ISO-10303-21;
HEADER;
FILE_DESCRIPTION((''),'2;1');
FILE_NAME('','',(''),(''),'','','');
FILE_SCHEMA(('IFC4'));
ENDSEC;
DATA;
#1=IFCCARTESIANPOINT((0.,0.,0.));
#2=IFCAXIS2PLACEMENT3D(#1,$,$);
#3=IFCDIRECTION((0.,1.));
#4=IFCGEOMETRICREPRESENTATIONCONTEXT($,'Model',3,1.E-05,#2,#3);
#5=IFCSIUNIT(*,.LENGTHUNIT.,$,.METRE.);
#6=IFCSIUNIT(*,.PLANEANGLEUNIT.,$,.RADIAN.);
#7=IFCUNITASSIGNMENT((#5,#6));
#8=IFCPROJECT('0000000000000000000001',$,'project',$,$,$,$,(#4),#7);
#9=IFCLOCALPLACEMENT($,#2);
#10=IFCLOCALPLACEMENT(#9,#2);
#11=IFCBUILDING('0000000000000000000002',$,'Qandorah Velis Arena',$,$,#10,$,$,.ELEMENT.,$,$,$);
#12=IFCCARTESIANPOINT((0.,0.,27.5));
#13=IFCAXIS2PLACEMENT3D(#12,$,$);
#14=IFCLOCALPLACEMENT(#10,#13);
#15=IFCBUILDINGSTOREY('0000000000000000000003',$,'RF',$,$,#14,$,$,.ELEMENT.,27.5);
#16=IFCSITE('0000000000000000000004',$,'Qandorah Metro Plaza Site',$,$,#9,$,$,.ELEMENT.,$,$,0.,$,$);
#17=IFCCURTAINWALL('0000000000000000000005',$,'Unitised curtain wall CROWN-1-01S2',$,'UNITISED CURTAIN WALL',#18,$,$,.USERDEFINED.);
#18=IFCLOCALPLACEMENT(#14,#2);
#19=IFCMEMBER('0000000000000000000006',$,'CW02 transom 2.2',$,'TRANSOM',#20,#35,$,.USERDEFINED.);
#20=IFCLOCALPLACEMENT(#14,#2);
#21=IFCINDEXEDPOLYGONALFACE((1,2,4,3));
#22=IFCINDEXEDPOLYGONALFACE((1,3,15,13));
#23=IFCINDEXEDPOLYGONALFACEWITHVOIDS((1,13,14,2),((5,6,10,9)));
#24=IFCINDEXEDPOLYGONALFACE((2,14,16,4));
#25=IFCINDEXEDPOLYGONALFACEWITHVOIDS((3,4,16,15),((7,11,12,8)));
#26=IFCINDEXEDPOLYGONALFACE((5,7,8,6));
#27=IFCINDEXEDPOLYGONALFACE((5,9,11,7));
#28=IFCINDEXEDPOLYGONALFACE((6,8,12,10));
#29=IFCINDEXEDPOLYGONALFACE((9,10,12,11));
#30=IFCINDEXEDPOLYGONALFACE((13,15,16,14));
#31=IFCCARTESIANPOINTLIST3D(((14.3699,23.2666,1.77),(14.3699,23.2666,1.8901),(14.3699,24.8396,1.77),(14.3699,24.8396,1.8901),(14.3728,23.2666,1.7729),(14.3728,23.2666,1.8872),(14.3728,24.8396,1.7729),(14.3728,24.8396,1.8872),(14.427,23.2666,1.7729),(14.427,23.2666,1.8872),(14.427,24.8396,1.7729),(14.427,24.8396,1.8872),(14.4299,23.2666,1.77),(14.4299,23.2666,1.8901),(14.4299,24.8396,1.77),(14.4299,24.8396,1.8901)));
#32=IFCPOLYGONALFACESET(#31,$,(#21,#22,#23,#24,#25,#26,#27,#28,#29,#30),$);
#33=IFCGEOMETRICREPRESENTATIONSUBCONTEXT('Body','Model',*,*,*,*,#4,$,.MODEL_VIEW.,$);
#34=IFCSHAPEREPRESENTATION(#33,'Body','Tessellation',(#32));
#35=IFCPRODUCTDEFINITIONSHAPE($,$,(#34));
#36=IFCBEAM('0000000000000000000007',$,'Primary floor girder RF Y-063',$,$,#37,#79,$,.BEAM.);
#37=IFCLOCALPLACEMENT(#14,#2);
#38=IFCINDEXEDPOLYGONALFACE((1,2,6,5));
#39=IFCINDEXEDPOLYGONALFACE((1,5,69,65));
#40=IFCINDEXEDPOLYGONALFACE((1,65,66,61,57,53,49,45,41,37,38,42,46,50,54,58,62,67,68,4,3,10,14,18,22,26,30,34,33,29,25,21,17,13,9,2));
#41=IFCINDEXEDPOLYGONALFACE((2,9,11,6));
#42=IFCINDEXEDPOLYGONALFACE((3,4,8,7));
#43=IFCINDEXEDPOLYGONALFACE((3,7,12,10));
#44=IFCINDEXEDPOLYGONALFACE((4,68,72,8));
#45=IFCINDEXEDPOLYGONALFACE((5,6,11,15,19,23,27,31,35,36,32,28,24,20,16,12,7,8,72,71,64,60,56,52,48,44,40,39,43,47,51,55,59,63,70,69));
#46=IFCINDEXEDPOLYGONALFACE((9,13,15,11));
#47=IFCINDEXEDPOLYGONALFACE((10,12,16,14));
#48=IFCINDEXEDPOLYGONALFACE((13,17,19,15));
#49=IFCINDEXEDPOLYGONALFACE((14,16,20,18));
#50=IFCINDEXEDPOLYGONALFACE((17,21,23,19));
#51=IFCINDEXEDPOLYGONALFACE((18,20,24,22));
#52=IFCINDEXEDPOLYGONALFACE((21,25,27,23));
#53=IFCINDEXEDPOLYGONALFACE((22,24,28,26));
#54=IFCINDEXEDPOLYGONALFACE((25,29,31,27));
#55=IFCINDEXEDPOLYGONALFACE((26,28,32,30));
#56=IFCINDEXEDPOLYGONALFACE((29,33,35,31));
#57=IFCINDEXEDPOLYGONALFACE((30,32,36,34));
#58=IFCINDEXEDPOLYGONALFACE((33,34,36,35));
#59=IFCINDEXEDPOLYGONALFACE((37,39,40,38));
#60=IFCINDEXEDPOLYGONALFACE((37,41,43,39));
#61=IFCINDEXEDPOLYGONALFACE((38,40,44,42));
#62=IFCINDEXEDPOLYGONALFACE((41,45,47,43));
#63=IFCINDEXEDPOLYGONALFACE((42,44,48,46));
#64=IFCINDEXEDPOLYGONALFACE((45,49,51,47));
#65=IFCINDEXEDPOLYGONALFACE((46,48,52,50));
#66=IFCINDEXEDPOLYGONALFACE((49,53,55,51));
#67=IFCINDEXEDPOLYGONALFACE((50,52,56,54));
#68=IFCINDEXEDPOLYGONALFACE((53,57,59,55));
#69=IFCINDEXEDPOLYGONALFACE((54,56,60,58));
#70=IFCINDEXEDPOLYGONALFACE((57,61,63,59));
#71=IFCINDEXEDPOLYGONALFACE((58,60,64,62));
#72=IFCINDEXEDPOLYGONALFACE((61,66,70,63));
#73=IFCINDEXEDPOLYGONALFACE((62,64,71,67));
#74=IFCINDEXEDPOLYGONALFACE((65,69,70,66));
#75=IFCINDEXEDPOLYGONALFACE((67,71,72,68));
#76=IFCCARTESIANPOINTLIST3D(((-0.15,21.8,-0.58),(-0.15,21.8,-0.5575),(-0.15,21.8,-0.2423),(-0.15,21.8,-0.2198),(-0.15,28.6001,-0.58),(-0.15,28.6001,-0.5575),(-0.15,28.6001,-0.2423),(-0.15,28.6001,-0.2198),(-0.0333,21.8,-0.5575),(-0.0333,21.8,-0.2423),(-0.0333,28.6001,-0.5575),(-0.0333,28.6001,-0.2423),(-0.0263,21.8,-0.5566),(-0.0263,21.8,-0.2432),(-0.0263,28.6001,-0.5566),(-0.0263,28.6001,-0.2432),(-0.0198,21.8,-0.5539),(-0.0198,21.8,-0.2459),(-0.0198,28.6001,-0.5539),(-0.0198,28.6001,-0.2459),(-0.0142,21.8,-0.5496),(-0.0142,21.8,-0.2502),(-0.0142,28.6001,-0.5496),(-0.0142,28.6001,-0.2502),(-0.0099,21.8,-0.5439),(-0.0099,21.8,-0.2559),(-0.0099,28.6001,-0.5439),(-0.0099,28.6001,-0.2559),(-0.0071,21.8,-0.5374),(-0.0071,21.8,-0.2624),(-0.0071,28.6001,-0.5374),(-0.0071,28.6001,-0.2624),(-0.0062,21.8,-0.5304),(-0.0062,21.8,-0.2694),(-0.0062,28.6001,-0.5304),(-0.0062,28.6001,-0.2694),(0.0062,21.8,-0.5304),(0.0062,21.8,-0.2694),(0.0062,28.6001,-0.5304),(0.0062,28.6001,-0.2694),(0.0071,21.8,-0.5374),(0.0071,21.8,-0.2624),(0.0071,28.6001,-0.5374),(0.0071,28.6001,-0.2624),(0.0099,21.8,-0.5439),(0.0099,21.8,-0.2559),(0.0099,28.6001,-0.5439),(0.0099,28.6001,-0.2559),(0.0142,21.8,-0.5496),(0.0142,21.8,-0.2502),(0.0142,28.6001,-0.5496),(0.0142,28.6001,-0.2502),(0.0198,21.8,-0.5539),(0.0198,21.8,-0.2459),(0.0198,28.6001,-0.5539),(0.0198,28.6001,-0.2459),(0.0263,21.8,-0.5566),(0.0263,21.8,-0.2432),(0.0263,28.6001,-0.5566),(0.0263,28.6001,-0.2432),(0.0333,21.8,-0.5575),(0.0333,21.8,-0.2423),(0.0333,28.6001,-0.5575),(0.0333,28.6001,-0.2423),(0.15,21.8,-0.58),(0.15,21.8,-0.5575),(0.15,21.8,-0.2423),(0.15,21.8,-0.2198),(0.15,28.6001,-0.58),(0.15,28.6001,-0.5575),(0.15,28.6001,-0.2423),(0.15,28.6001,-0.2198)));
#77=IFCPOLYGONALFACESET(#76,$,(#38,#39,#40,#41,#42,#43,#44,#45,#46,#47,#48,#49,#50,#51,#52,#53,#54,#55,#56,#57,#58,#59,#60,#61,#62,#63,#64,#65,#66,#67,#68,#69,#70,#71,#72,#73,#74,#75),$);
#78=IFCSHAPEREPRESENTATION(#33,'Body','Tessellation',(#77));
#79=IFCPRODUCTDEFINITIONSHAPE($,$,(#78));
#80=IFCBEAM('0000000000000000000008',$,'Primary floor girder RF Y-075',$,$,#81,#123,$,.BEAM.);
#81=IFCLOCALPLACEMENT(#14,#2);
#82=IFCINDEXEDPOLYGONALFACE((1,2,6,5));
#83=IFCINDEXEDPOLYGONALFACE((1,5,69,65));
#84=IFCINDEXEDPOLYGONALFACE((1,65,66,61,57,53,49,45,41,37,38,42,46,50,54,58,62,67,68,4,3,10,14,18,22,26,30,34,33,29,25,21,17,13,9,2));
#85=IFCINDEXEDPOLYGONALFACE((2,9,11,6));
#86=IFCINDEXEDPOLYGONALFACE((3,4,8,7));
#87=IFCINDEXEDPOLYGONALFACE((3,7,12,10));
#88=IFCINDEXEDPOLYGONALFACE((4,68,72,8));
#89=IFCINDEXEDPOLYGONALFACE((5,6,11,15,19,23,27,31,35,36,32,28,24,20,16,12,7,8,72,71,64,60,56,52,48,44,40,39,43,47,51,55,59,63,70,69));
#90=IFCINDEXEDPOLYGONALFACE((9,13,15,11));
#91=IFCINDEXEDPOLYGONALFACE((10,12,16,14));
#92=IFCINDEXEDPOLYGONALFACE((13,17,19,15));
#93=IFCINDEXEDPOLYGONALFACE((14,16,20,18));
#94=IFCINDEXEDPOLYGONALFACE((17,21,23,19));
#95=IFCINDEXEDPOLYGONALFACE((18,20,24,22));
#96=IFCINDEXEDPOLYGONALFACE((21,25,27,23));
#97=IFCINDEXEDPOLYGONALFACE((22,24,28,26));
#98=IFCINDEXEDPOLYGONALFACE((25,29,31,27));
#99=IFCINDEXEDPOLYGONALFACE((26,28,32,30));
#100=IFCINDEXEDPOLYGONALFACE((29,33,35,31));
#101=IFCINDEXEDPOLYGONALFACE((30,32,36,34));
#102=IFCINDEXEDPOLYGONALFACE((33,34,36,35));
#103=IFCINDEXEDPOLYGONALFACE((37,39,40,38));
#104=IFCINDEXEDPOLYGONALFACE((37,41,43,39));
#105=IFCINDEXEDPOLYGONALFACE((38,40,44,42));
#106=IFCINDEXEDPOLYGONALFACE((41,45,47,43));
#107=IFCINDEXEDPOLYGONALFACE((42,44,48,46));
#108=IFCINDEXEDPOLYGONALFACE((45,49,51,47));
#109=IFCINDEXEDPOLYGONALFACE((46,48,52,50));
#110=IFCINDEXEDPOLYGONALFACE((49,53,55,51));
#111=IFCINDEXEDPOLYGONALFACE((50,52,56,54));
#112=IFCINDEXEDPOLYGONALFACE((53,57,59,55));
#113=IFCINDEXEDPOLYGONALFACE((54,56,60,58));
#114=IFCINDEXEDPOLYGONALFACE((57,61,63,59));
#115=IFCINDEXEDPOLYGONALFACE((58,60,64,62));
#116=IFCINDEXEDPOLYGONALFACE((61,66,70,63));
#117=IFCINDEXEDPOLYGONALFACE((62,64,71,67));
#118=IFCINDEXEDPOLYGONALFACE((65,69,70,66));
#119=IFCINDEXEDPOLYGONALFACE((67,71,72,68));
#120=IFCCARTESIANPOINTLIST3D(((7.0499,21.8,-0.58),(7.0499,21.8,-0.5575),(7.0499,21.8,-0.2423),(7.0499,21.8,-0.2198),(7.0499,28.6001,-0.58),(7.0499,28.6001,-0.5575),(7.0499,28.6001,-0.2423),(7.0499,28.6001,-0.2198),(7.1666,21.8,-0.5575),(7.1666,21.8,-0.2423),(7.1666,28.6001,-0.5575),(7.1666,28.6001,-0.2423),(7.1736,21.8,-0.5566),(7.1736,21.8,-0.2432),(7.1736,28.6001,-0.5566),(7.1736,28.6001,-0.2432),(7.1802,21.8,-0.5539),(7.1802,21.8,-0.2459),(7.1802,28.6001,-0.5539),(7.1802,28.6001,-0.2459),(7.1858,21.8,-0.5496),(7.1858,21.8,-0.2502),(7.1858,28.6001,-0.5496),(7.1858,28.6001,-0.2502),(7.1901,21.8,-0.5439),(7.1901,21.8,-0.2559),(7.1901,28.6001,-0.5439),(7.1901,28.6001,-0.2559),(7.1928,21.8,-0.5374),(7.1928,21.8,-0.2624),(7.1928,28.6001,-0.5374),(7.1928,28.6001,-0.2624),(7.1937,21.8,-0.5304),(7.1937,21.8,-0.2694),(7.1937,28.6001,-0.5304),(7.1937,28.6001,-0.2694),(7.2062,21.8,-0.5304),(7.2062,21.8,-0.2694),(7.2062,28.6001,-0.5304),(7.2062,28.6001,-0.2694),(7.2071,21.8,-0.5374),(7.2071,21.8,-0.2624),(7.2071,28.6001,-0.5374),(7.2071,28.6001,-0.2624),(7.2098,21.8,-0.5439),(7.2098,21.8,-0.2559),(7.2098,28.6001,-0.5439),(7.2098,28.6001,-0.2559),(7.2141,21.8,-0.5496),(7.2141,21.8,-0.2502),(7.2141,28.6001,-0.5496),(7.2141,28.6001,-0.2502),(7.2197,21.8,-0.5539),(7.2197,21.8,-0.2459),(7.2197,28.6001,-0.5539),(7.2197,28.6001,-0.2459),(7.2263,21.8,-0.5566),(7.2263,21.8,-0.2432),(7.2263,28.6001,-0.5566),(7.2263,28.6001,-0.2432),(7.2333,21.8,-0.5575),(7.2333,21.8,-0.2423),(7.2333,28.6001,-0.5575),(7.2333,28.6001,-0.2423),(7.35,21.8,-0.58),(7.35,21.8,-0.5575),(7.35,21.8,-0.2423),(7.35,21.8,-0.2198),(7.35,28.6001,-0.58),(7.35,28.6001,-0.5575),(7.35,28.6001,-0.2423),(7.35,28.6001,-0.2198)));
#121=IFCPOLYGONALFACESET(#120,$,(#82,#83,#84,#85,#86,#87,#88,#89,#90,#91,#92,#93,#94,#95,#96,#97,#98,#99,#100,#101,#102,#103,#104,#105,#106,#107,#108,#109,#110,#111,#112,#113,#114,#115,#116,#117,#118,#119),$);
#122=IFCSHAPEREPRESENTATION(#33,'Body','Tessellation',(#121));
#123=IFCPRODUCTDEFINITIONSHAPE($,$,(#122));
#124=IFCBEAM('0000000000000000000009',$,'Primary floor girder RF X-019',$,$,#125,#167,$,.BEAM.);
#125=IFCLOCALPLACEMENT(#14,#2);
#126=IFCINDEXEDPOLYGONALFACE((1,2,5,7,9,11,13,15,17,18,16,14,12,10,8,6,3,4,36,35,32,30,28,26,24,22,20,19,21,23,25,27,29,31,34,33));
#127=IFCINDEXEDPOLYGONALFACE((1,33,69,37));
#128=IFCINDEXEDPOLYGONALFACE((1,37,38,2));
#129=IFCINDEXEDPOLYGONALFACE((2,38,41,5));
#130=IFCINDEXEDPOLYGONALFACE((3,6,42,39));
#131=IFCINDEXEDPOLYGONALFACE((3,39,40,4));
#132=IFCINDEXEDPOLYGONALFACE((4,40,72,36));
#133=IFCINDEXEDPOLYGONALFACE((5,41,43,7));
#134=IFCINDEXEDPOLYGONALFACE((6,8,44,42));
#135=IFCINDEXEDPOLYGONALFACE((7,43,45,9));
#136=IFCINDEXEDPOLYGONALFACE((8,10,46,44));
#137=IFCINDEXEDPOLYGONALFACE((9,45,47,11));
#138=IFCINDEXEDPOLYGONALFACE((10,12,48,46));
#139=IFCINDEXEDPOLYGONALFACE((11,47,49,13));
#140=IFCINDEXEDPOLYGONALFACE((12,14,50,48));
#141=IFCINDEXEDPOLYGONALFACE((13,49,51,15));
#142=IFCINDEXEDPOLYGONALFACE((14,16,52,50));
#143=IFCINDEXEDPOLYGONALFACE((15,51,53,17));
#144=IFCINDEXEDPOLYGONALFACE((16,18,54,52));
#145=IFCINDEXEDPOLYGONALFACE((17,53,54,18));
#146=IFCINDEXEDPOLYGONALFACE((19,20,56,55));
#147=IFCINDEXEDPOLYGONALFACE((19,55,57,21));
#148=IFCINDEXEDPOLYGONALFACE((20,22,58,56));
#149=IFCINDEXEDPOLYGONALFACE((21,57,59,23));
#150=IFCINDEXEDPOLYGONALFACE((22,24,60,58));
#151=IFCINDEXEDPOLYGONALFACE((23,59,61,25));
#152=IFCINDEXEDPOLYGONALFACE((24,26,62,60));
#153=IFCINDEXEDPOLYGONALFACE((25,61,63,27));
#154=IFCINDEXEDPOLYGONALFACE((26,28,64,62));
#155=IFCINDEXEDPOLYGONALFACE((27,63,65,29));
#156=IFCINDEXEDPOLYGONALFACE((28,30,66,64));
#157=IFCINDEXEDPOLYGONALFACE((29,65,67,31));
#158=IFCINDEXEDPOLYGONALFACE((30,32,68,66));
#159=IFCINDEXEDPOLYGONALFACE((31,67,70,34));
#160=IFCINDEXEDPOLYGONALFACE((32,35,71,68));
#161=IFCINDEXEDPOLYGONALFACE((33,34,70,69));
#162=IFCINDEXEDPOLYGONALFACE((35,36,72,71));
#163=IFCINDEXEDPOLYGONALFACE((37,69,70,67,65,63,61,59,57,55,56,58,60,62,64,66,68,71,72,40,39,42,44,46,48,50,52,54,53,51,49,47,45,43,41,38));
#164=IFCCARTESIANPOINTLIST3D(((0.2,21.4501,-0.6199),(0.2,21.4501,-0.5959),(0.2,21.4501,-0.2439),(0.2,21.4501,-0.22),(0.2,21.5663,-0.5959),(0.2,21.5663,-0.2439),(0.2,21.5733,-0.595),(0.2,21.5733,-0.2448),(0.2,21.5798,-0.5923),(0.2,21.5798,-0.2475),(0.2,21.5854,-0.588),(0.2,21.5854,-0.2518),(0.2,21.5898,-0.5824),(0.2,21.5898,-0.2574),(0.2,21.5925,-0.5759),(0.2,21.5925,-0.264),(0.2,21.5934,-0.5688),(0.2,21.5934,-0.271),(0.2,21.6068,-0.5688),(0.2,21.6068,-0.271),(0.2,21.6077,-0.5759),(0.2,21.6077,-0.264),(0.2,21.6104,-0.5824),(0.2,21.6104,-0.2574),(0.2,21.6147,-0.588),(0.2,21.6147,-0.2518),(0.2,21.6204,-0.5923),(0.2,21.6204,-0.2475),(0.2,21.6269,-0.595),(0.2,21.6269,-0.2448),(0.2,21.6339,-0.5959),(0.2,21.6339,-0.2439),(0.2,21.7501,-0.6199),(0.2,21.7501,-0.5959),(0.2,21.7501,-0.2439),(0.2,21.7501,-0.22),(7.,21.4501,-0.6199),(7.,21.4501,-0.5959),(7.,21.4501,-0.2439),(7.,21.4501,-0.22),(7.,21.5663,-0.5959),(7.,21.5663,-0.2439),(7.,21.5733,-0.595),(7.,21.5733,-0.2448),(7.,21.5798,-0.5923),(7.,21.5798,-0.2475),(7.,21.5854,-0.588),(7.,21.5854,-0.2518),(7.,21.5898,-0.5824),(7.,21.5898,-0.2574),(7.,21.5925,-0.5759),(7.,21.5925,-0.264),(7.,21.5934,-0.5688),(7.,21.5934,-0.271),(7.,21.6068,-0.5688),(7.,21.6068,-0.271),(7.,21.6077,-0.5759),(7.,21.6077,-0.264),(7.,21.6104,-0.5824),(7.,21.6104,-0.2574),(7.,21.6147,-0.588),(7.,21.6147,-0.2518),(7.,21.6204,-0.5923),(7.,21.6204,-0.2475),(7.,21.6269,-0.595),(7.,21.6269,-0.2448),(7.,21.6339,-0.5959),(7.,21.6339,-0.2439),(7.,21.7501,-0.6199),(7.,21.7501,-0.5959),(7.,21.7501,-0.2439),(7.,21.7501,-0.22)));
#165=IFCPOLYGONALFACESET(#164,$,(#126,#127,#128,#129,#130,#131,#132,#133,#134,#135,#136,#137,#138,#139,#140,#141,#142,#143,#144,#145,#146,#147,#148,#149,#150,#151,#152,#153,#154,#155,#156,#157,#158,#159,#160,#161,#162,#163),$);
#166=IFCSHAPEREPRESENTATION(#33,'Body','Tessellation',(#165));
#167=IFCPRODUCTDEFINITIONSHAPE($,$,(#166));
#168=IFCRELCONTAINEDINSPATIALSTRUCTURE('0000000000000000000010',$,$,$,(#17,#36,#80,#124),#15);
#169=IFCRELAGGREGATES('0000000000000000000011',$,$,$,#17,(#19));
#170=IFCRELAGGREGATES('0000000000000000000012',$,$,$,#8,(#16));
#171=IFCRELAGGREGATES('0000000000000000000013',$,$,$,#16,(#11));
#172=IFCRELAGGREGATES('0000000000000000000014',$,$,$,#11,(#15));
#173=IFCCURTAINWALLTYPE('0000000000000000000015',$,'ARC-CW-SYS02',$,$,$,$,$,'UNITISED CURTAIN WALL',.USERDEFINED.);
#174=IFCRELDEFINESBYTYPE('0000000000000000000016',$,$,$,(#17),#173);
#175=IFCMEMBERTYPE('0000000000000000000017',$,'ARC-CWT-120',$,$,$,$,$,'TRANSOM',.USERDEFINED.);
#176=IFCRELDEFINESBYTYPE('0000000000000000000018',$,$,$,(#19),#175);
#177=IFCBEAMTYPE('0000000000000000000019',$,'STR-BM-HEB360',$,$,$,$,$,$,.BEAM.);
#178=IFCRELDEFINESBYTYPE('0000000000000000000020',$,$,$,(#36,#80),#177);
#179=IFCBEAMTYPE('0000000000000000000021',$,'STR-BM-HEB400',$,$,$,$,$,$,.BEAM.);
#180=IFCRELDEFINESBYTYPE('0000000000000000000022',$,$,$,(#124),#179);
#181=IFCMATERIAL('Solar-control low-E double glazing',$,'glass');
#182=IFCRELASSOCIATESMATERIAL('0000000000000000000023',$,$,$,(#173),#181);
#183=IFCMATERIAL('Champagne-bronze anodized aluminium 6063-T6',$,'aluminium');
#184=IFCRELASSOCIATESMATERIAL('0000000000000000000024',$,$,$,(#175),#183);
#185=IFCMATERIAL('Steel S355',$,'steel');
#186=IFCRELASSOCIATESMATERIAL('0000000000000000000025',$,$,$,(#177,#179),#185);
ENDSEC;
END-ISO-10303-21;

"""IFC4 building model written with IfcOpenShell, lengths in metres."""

from ifc_helpers import new_model, si_unit, direction, frame, origin, origin_2d, place, context, subcontext, project, spatial, hollow_rectangle, i_section, extrude, material, material_profile, profile_set, type_object, element, aggregate, save


model = new_model("IFC4")

# Units and contexts
model_context = context("Model", 3, precision=1e-05, world=origin(), true_north=direction((0.0, 1.0)))
body_context = subcontext(model_context, "Body", "Model", "MODEL_VIEW")
ifc_project = project(units=[si_unit("LENGTHUNIT", "METRE"), si_unit("PLANEANGLEUNIT", "RADIAN")], contexts=[model_context])

# Site, building, storey
site_placement = place(None, origin())
site = spatial("IfcSite", under=ifc_project, at=site_placement, Name="Qandorah Metro Plaza Site", CompositionType="ELEMENT", RefElevation=0.0)
building_placement = place(site_placement, origin())
building = spatial("IfcBuilding", under=site, at=building_placement, Name="Qandorah Velis Arena", CompositionType="ELEMENT")
storey_placement = place(building_placement, frame((0.0, 0.0, 27.5)))
storey = spatial("IfcBuildingStorey", under=building, at=storey_placement, Name="RF", CompositionType="ELEMENT", Elevation=27.5)

# Curtain wall
ifc_material_1 = material(Name="Solar-control low-E double glazing", Category="glass")
ifc_material_2 = material(Name="Champagne-bronze anodized aluminium 6063-T6", Category="aluminium")
curtain_wall_type_1 = type_object("IfcCurtainWallType", Name="ARC-CW-SYS02", ElementType="UNITISED CURTAIN WALL", PredefinedType="USERDEFINED", material=ifc_material_1)
curtain_wall_1_placement = place(storey_placement, origin())
curtain_wall_1 = element("IfcCurtainWall", 1, at=curtain_wall_1_placement, inside=storey, type_object=curtain_wall_type_1, Name="Unitised curtain wall CROWN-1-01S2", ObjectType="UNITISED CURTAIN WALL", PredefinedType="USERDEFINED")

# Member
ifc_material_profile_1 = material_profile(ifc_material_2, hollow_rectangle(XDim=0.0601, YDim=0.1201, WallThickness=0.0029, at=origin_2d()), Name="ALU TRANSOM 60x120")
ifc_profile_set_1 = profile_set([ifc_material_profile_1], Name="Champagne-bronze anodized aluminium 6063-T6")
member_type_1 = type_object("IfcMemberType", Name="ARC-CWT-120", ElementType="TRANSOM", PredefinedType="USERDEFINED", material=ifc_profile_set_1)
member_1_placement = place(storey_placement, frame((14.3999, 23.2666, 1.8301), z_axis=(0.0, 1.0, 0.0), x_axis=(-1.0, 0.0, 0.0)))
member_1 = element("IfcMember", 2, at=member_1_placement, type_object=member_type_1, Name="CW02 transom 2.2", ObjectType="TRANSOM", PredefinedType="USERDEFINED", context=body_context, shape_type="SweptSolid", body=[
    extrude(hollow_rectangle(XDim=0.0601, YDim=0.1201, WallThickness=0.0029, at=origin_2d()), origin(), (0.0, 0.0, 1.0), 1.573),
])

# Beams
ifc_material_3 = material(Name="Steel S355", Category="steel")
ifc_material_profile_2 = material_profile(ifc_material_3, i_section(OverallWidth=0.3, OverallDepth=0.3601, WebThickness=0.0125, FlangeThickness=0.0225, FilletRadius=0.0271, at=origin_2d()), Name="HEB 360")
ifc_profile_set_2 = profile_set([ifc_material_profile_2], Name="Steel S355")
beam_type_1 = type_object("IfcBeamType", Name="STR-BM-HEB360", PredefinedType="BEAM", material=ifc_profile_set_2)
for number, where, z_axis, x_axis, name in (
    (3, (0.0, 21.8, -0.3999), (0.0, 1.0, 0.0), (-1.0, 0.0, 0.0), "Primary floor girder RF Y-063"),
    (4, (7.2, 21.8, -0.3999), (0.0, 1.0, 0.0), (-1.0, 0.0, 0.0), "Primary floor girder RF Y-075"),
):
    element("IfcBeam", number, at=place(storey_placement, frame(where, z_axis=z_axis, x_axis=x_axis)), inside=storey, type_object=beam_type_1, Name=name, PredefinedType="BEAM", context=body_context, shape_type="SweptSolid", body=[
        extrude(i_section(OverallWidth=0.3, OverallDepth=0.3601, WebThickness=0.0125, FlangeThickness=0.0225, FilletRadius=0.0271, at=origin_2d()), origin(), (0.0, 0.0, 1.0), 6.8),
    ])
ifc_material_profile_3 = material_profile(ifc_material_3, i_section(OverallWidth=0.3, OverallDepth=0.3999, WebThickness=0.0134, FlangeThickness=0.0239, FilletRadius=0.0271, at=origin_2d()), Name="HEB 400")
ifc_profile_set_3 = profile_set([ifc_material_profile_3], Name="Steel S355")
beam_type_2 = type_object("IfcBeamType", Name="STR-BM-HEB400", PredefinedType="BEAM", material=ifc_profile_set_3)
for number, where, z_axis, x_axis, name in (
    (5, (0.2, 21.6001, -0.4199), (1.0, 0.0, 0.0), (0.0, 1.0, 0.0), "Primary floor girder RF X-019"),
):
    element("IfcBeam", number, at=place(storey_placement, frame(where, z_axis=z_axis, x_axis=x_axis)), inside=storey, type_object=beam_type_2, Name=name, PredefinedType="BEAM", context=body_context, shape_type="SweptSolid", body=[
        extrude(i_section(OverallWidth=0.3, OverallDepth=0.3999, WebThickness=0.0134, FlangeThickness=0.0239, FilletRadius=0.0271, at=origin_2d()), origin(), (0.0, 0.0, 1.0), 6.8),
    ])

aggregate(curtain_wall_1, [member_1])

save(model, "model.ifc")
